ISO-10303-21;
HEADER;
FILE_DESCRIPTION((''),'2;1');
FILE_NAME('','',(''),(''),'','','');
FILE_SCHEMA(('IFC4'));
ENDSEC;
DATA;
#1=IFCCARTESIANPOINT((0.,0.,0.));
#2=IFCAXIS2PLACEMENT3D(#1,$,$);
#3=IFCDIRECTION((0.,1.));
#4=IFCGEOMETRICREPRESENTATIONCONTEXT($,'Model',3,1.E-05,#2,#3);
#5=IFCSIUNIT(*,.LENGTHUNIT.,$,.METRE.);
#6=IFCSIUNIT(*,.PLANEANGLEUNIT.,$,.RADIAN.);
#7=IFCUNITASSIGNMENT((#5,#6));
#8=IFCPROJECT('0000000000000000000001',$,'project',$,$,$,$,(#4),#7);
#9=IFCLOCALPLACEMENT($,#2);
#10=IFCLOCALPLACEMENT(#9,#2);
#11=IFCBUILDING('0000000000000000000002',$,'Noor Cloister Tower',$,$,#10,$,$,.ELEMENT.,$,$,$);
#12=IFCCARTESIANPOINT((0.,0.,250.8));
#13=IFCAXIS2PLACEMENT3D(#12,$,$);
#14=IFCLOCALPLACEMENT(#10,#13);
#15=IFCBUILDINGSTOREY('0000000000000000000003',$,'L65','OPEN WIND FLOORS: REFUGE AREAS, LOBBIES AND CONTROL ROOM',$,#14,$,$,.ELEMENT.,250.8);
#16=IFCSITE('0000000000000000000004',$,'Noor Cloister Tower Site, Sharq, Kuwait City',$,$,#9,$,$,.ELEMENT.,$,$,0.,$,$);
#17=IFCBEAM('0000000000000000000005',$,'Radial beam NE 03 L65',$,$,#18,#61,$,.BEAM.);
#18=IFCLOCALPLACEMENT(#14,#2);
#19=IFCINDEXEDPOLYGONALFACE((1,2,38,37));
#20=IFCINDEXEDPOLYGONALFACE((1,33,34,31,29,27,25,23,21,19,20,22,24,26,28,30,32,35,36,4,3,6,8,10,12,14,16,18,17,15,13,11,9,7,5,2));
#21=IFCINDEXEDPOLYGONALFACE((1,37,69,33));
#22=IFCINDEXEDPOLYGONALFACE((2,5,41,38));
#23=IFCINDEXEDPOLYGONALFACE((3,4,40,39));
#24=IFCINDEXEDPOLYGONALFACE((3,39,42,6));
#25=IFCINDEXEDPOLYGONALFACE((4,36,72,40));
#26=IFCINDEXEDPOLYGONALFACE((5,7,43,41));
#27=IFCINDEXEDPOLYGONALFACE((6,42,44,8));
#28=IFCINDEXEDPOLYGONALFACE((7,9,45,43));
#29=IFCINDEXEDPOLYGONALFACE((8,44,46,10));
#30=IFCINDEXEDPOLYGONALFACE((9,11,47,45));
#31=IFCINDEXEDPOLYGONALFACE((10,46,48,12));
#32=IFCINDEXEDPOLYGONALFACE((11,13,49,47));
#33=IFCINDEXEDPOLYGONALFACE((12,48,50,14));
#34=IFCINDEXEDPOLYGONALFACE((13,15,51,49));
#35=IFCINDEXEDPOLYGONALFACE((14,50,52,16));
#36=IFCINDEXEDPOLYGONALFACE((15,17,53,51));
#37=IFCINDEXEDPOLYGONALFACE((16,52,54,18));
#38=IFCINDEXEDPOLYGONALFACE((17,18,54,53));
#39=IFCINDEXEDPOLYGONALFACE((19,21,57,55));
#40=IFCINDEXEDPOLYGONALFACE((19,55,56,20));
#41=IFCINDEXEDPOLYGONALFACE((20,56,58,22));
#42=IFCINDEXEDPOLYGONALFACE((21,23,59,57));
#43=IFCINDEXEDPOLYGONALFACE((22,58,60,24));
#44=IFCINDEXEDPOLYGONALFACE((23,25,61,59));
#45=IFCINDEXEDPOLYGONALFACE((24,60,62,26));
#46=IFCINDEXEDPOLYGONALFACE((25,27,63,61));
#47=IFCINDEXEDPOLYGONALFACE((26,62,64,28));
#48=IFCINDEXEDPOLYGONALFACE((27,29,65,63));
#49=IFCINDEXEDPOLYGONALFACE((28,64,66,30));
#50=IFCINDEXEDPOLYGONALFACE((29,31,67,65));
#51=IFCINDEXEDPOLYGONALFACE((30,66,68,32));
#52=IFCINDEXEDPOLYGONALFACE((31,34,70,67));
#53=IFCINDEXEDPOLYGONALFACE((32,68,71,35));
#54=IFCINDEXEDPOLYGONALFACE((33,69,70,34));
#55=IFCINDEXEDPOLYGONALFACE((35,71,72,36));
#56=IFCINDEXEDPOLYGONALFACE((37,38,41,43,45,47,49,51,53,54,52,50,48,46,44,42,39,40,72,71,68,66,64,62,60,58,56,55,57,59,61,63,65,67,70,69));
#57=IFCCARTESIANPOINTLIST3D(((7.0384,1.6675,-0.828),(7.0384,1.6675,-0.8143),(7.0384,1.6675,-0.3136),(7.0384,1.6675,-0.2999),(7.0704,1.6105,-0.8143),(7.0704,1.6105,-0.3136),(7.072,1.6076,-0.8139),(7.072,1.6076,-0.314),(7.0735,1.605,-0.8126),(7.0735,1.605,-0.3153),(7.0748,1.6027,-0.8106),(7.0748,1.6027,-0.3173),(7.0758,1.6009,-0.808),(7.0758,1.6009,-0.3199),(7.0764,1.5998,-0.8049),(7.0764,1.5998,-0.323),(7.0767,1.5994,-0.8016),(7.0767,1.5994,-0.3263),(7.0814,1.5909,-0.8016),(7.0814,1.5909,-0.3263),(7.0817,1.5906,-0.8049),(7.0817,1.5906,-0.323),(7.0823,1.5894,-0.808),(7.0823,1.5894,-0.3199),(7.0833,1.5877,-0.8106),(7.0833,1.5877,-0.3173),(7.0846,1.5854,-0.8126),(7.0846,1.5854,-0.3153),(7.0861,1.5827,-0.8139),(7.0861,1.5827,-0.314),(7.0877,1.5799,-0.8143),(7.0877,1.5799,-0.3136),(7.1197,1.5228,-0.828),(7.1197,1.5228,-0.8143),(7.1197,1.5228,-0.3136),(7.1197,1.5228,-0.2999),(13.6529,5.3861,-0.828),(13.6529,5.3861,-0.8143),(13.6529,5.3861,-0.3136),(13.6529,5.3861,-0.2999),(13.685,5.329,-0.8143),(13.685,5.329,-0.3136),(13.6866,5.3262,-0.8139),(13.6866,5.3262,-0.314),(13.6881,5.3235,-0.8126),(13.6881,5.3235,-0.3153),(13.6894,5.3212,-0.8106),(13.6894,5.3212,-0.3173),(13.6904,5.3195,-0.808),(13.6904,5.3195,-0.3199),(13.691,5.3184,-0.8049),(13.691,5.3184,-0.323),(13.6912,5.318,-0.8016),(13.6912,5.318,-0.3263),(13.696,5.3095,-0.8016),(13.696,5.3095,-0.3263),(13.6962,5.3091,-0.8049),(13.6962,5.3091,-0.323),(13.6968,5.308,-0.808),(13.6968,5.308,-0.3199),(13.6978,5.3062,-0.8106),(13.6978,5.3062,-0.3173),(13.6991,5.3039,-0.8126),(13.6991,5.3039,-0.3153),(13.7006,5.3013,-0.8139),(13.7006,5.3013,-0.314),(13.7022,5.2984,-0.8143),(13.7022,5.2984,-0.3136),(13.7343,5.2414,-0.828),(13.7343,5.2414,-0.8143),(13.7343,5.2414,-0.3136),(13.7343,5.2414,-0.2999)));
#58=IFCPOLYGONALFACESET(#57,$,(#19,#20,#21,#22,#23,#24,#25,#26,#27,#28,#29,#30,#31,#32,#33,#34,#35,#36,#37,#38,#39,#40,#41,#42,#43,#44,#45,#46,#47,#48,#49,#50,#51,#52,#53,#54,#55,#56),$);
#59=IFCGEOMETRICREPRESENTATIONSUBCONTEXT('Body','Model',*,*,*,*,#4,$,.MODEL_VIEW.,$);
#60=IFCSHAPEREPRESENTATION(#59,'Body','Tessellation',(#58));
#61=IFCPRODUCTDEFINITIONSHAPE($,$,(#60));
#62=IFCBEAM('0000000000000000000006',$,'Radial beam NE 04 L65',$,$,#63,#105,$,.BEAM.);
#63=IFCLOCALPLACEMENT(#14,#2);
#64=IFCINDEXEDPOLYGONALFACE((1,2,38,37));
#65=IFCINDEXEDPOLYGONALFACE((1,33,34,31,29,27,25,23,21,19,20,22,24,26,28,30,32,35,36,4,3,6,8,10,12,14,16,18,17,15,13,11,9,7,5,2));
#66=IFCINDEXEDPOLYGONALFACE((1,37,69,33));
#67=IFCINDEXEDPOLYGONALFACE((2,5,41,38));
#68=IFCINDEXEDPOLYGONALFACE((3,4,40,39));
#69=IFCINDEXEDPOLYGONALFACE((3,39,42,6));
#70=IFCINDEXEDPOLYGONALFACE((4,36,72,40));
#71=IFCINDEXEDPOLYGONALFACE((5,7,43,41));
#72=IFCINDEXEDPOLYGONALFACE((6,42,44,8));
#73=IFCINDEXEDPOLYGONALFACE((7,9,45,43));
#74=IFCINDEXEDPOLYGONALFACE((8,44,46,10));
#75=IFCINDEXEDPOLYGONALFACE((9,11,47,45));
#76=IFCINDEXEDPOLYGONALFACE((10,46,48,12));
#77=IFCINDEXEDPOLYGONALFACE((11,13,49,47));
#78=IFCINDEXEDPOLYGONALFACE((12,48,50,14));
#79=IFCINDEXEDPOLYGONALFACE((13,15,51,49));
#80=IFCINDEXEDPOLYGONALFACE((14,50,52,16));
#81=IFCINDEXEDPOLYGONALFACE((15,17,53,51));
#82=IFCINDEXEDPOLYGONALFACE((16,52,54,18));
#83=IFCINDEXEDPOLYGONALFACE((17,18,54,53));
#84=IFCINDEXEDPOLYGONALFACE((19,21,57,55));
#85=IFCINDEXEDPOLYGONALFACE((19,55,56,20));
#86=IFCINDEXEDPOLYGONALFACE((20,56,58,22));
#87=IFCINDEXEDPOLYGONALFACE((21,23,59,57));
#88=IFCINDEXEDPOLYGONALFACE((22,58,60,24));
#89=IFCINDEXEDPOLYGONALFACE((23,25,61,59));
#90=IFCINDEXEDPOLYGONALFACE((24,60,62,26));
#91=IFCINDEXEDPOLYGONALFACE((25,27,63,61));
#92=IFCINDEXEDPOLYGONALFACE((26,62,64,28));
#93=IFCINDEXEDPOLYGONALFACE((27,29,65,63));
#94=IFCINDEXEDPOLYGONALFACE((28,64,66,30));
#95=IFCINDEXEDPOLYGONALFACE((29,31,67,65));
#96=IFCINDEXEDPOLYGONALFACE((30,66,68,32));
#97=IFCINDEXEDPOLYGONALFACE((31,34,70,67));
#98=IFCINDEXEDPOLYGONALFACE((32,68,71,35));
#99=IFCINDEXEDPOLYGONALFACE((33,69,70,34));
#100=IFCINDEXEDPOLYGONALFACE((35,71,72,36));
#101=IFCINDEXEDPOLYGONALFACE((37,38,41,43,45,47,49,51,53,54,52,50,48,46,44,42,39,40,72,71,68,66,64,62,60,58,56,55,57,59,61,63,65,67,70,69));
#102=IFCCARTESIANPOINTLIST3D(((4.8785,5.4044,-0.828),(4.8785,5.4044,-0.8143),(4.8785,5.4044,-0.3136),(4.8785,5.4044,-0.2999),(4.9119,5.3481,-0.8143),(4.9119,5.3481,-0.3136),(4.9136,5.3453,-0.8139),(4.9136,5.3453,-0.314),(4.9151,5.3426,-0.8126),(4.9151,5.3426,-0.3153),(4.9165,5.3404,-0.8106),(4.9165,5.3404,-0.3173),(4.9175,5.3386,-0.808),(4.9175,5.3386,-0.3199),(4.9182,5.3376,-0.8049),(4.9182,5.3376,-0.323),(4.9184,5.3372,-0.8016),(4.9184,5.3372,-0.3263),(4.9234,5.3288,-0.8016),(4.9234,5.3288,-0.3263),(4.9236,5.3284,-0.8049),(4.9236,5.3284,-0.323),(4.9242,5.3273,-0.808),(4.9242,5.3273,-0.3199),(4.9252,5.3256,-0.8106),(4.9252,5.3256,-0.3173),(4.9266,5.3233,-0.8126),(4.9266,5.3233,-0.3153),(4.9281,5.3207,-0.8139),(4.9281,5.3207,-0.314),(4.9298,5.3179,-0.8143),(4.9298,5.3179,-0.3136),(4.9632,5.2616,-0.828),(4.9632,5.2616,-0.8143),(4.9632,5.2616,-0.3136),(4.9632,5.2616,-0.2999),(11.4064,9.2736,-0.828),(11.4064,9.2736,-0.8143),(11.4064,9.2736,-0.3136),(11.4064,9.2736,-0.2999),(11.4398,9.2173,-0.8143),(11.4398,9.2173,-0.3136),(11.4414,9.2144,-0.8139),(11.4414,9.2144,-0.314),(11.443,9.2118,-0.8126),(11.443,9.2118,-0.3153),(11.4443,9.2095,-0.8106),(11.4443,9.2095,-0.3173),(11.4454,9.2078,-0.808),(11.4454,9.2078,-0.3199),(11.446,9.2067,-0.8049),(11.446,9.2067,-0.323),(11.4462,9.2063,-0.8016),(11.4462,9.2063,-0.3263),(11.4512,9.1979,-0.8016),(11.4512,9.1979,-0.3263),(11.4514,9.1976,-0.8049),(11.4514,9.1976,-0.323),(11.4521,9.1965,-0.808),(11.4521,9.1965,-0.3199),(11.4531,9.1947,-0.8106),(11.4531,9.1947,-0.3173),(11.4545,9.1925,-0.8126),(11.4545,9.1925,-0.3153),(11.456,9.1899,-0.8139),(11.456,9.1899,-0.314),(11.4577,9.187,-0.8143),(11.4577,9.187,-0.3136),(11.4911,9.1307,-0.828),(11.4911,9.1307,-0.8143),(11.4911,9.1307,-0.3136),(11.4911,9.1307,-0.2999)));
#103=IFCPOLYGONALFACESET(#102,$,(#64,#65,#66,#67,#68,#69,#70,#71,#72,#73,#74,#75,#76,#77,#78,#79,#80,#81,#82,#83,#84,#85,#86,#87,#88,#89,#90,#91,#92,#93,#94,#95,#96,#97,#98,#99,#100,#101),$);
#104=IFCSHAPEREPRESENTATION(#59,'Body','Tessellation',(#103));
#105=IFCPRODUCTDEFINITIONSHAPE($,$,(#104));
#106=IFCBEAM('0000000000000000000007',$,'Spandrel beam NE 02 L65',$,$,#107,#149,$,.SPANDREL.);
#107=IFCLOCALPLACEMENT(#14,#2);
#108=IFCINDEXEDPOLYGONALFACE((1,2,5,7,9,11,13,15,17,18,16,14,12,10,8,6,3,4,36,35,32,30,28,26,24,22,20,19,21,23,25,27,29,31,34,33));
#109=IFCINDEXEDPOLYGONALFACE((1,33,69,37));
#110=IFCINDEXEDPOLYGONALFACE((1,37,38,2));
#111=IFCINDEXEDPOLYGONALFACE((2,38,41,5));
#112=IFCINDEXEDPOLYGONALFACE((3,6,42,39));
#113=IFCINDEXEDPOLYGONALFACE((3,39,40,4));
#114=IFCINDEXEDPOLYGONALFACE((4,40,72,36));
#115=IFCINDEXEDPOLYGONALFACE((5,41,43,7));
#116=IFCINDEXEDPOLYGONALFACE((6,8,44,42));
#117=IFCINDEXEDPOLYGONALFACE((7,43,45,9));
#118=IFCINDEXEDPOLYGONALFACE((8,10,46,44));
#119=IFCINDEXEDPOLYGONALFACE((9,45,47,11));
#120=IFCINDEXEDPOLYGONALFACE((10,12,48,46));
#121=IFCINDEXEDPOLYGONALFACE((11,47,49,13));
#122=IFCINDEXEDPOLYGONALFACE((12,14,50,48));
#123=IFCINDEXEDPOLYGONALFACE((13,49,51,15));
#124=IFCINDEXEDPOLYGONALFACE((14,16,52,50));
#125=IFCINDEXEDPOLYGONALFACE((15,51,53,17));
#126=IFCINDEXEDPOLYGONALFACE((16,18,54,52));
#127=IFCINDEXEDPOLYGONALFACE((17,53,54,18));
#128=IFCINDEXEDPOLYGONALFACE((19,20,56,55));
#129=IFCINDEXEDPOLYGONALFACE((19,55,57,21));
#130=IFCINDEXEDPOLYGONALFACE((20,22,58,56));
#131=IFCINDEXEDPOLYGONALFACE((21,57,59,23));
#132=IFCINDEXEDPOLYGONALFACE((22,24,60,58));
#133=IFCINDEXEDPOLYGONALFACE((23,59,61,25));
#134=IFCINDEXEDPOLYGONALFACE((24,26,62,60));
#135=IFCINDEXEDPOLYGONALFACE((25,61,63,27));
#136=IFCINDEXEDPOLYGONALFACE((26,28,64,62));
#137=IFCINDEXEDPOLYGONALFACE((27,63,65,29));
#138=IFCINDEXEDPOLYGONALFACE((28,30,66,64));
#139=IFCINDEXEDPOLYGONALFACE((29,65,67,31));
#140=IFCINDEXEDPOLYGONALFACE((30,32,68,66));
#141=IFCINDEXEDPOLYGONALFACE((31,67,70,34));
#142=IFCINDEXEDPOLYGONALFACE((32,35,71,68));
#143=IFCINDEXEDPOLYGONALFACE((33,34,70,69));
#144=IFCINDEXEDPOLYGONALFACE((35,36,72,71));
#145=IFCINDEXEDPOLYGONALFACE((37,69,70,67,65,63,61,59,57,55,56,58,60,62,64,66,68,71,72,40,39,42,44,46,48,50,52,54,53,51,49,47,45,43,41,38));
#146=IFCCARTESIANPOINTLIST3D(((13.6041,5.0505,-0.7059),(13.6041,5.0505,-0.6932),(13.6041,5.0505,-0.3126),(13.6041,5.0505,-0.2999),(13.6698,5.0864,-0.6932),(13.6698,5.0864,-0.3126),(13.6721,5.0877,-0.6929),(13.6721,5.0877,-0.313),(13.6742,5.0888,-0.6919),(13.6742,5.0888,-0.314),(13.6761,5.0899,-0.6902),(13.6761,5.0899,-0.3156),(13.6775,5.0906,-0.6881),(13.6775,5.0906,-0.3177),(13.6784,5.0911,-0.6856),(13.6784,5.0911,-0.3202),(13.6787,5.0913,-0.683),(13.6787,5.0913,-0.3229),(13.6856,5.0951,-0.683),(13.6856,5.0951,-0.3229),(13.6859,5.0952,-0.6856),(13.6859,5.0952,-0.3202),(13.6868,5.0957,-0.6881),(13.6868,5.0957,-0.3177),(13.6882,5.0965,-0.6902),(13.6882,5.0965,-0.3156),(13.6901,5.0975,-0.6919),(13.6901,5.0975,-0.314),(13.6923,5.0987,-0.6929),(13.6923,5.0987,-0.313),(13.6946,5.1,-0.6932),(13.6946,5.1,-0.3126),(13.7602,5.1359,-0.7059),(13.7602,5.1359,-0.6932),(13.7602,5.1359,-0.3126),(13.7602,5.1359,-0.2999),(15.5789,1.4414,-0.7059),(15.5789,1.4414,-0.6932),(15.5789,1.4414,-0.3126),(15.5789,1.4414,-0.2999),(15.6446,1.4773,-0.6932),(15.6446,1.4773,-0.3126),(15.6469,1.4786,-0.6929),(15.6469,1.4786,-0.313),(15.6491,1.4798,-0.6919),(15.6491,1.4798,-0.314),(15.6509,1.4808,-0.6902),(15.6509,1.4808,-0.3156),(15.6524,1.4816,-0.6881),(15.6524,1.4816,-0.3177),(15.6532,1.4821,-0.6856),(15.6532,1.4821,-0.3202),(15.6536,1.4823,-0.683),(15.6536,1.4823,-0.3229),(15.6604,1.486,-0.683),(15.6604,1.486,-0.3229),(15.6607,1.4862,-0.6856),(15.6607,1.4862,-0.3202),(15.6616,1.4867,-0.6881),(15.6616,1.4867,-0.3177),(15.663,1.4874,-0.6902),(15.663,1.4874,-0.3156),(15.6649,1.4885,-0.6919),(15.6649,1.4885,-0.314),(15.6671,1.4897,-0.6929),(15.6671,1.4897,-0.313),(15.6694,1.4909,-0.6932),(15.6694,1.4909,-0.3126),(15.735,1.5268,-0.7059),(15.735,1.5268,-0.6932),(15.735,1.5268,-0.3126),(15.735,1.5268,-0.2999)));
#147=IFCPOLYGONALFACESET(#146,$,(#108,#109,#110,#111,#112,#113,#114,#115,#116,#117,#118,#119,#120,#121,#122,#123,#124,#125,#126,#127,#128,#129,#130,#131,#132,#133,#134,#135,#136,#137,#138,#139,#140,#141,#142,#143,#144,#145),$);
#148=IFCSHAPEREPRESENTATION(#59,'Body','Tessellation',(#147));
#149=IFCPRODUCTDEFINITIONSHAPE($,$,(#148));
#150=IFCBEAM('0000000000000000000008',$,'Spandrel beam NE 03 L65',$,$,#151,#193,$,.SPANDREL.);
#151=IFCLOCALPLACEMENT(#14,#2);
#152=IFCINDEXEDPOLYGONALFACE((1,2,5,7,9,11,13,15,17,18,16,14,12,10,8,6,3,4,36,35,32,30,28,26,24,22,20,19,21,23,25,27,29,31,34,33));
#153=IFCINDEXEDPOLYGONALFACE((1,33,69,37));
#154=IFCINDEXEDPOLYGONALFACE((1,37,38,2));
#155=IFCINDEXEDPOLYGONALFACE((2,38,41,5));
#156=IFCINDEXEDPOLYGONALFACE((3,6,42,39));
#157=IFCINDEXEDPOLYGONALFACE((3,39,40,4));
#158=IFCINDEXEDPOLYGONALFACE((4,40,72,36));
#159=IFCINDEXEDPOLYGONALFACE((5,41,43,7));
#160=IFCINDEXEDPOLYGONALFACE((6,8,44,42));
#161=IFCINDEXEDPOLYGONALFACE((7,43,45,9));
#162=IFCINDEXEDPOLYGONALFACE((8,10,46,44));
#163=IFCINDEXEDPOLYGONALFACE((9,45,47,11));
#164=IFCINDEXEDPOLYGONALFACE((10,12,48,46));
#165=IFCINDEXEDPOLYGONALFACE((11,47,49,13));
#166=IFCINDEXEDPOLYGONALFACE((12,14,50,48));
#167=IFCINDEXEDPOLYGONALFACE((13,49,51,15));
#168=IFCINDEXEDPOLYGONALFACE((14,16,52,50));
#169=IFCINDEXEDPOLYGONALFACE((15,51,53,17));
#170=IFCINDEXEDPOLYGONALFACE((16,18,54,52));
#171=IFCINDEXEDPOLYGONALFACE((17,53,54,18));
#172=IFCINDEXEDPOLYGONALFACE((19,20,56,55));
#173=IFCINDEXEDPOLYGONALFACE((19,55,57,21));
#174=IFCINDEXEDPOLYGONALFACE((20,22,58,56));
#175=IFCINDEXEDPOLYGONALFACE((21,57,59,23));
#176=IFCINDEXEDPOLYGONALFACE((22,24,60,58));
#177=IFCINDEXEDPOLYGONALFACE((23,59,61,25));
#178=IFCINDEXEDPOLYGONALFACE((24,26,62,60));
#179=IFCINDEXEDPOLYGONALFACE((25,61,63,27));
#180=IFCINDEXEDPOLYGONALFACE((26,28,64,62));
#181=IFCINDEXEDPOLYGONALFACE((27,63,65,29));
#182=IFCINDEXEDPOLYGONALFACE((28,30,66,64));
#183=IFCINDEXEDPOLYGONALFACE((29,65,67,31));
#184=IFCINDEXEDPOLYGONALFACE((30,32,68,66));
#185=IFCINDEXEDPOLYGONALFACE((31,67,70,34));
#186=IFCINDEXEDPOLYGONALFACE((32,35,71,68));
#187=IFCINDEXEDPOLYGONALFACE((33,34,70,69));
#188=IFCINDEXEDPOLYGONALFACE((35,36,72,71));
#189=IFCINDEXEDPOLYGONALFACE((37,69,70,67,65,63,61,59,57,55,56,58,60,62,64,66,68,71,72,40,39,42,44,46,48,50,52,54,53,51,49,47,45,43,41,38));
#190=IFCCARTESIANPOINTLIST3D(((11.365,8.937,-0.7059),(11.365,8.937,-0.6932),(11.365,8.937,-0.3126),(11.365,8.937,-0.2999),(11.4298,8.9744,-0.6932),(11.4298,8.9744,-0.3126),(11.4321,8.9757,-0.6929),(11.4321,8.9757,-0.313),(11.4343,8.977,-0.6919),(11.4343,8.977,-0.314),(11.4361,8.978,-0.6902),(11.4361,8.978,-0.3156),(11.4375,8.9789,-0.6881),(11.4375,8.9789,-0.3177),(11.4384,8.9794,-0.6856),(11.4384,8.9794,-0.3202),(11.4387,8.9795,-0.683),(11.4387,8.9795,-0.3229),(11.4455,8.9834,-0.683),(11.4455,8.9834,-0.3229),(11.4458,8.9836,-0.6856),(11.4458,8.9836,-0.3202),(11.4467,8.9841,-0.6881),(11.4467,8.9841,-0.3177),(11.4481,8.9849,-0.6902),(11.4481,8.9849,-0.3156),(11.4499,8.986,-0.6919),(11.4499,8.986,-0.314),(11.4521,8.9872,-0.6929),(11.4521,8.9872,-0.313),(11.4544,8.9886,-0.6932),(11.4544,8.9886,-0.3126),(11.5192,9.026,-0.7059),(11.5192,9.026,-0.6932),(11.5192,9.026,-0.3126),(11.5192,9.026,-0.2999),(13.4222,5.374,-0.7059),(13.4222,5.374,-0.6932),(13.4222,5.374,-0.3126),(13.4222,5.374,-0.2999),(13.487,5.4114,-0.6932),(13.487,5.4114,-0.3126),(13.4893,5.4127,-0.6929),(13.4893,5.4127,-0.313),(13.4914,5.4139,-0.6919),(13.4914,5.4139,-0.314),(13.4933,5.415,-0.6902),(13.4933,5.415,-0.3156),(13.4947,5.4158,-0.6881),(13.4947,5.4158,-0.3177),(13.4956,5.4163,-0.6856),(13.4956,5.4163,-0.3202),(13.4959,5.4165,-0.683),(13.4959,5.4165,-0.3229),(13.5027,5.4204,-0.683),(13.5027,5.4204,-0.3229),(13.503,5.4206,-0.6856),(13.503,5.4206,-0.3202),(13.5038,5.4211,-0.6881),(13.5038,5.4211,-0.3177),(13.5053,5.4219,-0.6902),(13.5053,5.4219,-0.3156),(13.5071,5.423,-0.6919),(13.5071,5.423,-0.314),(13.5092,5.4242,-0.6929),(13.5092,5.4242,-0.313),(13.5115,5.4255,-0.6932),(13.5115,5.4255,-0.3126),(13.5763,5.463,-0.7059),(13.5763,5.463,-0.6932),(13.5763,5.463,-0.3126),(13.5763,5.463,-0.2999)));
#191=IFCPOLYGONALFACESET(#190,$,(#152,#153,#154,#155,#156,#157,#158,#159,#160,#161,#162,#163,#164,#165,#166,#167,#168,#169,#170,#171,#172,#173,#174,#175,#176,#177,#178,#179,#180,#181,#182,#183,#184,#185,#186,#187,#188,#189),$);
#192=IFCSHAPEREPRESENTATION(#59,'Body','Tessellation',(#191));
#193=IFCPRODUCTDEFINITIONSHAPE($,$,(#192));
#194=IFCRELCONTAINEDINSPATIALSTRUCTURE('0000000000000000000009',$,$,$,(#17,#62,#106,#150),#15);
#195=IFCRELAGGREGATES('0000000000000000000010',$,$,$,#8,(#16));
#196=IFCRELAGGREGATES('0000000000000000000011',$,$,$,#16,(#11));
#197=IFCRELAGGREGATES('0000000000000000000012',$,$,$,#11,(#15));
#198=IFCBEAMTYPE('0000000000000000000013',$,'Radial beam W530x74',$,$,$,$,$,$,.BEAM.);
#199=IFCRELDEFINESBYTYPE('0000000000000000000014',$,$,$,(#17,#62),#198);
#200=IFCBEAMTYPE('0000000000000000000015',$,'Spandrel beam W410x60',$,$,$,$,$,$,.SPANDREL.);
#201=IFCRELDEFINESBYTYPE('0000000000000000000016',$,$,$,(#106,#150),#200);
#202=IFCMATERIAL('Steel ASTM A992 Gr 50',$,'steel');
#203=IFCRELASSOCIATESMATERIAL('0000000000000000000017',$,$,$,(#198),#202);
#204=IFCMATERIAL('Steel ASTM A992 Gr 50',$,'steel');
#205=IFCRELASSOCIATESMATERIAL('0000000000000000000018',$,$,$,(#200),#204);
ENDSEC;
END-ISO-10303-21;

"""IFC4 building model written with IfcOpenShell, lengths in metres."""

from ifc_helpers import new_model, si_unit, direction, frame, origin, origin_2d, place, context, subcontext, project, spatial, i_section, extrude, material, material_profile, profile_set, type_object, element, save


model = new_model("IFC4")

# Units and contexts
model_context = context("Model", 3, precision=1e-05, world=origin(), true_north=direction((0.0, 1.0)))
body_context = subcontext(model_context, "Body", "Model", "MODEL_VIEW")
ifc_project = project(units=[si_unit("LENGTHUNIT", "METRE"), si_unit("PLANEANGLEUNIT", "RADIAN")], contexts=[model_context])

# Site, building, storey
site_placement = place(None, origin())
site = spatial("IfcSite", under=ifc_project, at=site_placement, Name="Noor Cloister Tower Site, Sharq, Kuwait City", CompositionType="ELEMENT", RefElevation=0.0)
building_placement = place(site_placement, origin())
building = spatial("IfcBuilding", under=site, at=building_placement, Name="Noor Cloister Tower", CompositionType="ELEMENT")
storey_placement = place(building_placement, frame((0.0, 0.0, 250.8)))
storey = spatial("IfcBuildingStorey", under=building, at=storey_placement, Name="L65", Description="OPEN WIND FLOORS: REFUGE AREAS, LOBBIES AND CONTROL ROOM", CompositionType="ELEMENT", Elevation=250.8)

# Beams
ifc_material_1 = material(Name="Steel ASTM A992 Gr 50", Category="steel")
ifc_material_profile_1 = material_profile(ifc_material_1, i_section(OverallWidth=0.166, OverallDepth=0.5281, WebThickness=0.0098, FlangeThickness=0.0137, FilletRadius=0.0127, at=origin_2d()), Name="W530x74")
ifc_profile_set_1 = profile_set([ifc_material_profile_1], Name="Steel ASTM A992 Gr 50")
beam_type_1 = type_object("IfcBeamType", Name="Radial beam W530x74", PredefinedType="BEAM", material=ifc_profile_set_1)
beam_1_placement = place(storey_placement, frame((13.6936, 5.3137, -0.564), z_axis=(-0.871697, -0.490046, 0.0), x_axis=(0.490046, -0.871697, 0.0)))
element("IfcBeam", 1, at=beam_1_placement, inside=storey, type_object=beam_type_1, Name="Radial beam NE 03 L65", PredefinedType="BEAM", context=body_context, shape_type="SweptSolid", body=[
    extrude(i_section(OverallWidth=0.166, OverallDepth=0.5281, WebThickness=0.0098, FlangeThickness=0.0137, FilletRadius=0.0127, at=origin_2d()), origin(), (0.0, 0.0, 1.0), 7.5881),
])
beam_2_placement = place(storey_placement, frame((11.4487, 9.2021, -0.564), z_axis=(-0.860246, -0.50988, 0.0), x_axis=(0.50988, -0.860246, 0.0)))
element("IfcBeam", 2, at=beam_2_placement, inside=storey, type_object=beam_type_1, Name="Radial beam NE 04 L65", PredefinedType="BEAM", context=body_context, shape_type="SweptSolid", body=[
    extrude(i_section(OverallWidth=0.166, OverallDepth=0.5281, WebThickness=0.0098, FlangeThickness=0.0137, FilletRadius=0.0127, at=origin_2d()), origin(), (0.0, 0.0, 1.0), 7.5884),
])
ifc_material_2 = material(Name="Steel ASTM A992 Gr 50", Category="steel")
ifc_material_profile_2 = material_profile(ifc_material_2, i_section(OverallWidth=0.178, OverallDepth=0.406, WebThickness=0.0078, FlangeThickness=0.0127, FilletRadius=0.0103, at=origin_2d()), Name="W410x60")
ifc_profile_set_2 = profile_set([ifc_material_profile_2], Name="Steel ASTM A992 Gr 50")
beam_type_2 = type_object("IfcBeamType", Name="Spandrel beam W410x60", PredefinedType="SPANDREL", material=ifc_profile_set_2)
beam_3_placement = place(storey_placement, frame((15.657, 1.4841, -0.5029), z_axis=(-0.48002, 0.877258, 0.0), x_axis=(-0.877258, -0.48002, 0.0)))
element("IfcBeam", 3, at=beam_3_placement, inside=storey, type_object=beam_type_2, Name="Spandrel beam NE 02 L65", PredefinedType="SPANDREL", context=body_context, shape_type="SweptSolid", body=[
    extrude(i_section(OverallWidth=0.178, OverallDepth=0.406, WebThickness=0.0078, FlangeThickness=0.0127, FilletRadius=0.0103, at=origin_2d()), origin(), (0.0, 0.0, 1.0), 4.114),
])
for number, where, z_axis, x_axis, name in (
    (4, (13.4993, 5.4185, -0.5029), (-0.500007, 0.866022, 0.0), (-0.866022, -0.500007, 0.0), "Spandrel beam NE 03 L65"),
):
    element("IfcBeam", number, at=place(storey_placement, frame(where, z_axis=z_axis, x_axis=x_axis)), inside=storey, type_object=beam_type_2, Name=name, PredefinedType="SPANDREL", context=body_context, shape_type="SweptSolid", body=[
        extrude(i_section(OverallWidth=0.178, OverallDepth=0.406, WebThickness=0.0078, FlangeThickness=0.0127, FilletRadius=0.0103, at=origin_2d()), origin(), (0.0, 0.0, 1.0), 4.1143),
    ])

save(model, "model.ifc")
